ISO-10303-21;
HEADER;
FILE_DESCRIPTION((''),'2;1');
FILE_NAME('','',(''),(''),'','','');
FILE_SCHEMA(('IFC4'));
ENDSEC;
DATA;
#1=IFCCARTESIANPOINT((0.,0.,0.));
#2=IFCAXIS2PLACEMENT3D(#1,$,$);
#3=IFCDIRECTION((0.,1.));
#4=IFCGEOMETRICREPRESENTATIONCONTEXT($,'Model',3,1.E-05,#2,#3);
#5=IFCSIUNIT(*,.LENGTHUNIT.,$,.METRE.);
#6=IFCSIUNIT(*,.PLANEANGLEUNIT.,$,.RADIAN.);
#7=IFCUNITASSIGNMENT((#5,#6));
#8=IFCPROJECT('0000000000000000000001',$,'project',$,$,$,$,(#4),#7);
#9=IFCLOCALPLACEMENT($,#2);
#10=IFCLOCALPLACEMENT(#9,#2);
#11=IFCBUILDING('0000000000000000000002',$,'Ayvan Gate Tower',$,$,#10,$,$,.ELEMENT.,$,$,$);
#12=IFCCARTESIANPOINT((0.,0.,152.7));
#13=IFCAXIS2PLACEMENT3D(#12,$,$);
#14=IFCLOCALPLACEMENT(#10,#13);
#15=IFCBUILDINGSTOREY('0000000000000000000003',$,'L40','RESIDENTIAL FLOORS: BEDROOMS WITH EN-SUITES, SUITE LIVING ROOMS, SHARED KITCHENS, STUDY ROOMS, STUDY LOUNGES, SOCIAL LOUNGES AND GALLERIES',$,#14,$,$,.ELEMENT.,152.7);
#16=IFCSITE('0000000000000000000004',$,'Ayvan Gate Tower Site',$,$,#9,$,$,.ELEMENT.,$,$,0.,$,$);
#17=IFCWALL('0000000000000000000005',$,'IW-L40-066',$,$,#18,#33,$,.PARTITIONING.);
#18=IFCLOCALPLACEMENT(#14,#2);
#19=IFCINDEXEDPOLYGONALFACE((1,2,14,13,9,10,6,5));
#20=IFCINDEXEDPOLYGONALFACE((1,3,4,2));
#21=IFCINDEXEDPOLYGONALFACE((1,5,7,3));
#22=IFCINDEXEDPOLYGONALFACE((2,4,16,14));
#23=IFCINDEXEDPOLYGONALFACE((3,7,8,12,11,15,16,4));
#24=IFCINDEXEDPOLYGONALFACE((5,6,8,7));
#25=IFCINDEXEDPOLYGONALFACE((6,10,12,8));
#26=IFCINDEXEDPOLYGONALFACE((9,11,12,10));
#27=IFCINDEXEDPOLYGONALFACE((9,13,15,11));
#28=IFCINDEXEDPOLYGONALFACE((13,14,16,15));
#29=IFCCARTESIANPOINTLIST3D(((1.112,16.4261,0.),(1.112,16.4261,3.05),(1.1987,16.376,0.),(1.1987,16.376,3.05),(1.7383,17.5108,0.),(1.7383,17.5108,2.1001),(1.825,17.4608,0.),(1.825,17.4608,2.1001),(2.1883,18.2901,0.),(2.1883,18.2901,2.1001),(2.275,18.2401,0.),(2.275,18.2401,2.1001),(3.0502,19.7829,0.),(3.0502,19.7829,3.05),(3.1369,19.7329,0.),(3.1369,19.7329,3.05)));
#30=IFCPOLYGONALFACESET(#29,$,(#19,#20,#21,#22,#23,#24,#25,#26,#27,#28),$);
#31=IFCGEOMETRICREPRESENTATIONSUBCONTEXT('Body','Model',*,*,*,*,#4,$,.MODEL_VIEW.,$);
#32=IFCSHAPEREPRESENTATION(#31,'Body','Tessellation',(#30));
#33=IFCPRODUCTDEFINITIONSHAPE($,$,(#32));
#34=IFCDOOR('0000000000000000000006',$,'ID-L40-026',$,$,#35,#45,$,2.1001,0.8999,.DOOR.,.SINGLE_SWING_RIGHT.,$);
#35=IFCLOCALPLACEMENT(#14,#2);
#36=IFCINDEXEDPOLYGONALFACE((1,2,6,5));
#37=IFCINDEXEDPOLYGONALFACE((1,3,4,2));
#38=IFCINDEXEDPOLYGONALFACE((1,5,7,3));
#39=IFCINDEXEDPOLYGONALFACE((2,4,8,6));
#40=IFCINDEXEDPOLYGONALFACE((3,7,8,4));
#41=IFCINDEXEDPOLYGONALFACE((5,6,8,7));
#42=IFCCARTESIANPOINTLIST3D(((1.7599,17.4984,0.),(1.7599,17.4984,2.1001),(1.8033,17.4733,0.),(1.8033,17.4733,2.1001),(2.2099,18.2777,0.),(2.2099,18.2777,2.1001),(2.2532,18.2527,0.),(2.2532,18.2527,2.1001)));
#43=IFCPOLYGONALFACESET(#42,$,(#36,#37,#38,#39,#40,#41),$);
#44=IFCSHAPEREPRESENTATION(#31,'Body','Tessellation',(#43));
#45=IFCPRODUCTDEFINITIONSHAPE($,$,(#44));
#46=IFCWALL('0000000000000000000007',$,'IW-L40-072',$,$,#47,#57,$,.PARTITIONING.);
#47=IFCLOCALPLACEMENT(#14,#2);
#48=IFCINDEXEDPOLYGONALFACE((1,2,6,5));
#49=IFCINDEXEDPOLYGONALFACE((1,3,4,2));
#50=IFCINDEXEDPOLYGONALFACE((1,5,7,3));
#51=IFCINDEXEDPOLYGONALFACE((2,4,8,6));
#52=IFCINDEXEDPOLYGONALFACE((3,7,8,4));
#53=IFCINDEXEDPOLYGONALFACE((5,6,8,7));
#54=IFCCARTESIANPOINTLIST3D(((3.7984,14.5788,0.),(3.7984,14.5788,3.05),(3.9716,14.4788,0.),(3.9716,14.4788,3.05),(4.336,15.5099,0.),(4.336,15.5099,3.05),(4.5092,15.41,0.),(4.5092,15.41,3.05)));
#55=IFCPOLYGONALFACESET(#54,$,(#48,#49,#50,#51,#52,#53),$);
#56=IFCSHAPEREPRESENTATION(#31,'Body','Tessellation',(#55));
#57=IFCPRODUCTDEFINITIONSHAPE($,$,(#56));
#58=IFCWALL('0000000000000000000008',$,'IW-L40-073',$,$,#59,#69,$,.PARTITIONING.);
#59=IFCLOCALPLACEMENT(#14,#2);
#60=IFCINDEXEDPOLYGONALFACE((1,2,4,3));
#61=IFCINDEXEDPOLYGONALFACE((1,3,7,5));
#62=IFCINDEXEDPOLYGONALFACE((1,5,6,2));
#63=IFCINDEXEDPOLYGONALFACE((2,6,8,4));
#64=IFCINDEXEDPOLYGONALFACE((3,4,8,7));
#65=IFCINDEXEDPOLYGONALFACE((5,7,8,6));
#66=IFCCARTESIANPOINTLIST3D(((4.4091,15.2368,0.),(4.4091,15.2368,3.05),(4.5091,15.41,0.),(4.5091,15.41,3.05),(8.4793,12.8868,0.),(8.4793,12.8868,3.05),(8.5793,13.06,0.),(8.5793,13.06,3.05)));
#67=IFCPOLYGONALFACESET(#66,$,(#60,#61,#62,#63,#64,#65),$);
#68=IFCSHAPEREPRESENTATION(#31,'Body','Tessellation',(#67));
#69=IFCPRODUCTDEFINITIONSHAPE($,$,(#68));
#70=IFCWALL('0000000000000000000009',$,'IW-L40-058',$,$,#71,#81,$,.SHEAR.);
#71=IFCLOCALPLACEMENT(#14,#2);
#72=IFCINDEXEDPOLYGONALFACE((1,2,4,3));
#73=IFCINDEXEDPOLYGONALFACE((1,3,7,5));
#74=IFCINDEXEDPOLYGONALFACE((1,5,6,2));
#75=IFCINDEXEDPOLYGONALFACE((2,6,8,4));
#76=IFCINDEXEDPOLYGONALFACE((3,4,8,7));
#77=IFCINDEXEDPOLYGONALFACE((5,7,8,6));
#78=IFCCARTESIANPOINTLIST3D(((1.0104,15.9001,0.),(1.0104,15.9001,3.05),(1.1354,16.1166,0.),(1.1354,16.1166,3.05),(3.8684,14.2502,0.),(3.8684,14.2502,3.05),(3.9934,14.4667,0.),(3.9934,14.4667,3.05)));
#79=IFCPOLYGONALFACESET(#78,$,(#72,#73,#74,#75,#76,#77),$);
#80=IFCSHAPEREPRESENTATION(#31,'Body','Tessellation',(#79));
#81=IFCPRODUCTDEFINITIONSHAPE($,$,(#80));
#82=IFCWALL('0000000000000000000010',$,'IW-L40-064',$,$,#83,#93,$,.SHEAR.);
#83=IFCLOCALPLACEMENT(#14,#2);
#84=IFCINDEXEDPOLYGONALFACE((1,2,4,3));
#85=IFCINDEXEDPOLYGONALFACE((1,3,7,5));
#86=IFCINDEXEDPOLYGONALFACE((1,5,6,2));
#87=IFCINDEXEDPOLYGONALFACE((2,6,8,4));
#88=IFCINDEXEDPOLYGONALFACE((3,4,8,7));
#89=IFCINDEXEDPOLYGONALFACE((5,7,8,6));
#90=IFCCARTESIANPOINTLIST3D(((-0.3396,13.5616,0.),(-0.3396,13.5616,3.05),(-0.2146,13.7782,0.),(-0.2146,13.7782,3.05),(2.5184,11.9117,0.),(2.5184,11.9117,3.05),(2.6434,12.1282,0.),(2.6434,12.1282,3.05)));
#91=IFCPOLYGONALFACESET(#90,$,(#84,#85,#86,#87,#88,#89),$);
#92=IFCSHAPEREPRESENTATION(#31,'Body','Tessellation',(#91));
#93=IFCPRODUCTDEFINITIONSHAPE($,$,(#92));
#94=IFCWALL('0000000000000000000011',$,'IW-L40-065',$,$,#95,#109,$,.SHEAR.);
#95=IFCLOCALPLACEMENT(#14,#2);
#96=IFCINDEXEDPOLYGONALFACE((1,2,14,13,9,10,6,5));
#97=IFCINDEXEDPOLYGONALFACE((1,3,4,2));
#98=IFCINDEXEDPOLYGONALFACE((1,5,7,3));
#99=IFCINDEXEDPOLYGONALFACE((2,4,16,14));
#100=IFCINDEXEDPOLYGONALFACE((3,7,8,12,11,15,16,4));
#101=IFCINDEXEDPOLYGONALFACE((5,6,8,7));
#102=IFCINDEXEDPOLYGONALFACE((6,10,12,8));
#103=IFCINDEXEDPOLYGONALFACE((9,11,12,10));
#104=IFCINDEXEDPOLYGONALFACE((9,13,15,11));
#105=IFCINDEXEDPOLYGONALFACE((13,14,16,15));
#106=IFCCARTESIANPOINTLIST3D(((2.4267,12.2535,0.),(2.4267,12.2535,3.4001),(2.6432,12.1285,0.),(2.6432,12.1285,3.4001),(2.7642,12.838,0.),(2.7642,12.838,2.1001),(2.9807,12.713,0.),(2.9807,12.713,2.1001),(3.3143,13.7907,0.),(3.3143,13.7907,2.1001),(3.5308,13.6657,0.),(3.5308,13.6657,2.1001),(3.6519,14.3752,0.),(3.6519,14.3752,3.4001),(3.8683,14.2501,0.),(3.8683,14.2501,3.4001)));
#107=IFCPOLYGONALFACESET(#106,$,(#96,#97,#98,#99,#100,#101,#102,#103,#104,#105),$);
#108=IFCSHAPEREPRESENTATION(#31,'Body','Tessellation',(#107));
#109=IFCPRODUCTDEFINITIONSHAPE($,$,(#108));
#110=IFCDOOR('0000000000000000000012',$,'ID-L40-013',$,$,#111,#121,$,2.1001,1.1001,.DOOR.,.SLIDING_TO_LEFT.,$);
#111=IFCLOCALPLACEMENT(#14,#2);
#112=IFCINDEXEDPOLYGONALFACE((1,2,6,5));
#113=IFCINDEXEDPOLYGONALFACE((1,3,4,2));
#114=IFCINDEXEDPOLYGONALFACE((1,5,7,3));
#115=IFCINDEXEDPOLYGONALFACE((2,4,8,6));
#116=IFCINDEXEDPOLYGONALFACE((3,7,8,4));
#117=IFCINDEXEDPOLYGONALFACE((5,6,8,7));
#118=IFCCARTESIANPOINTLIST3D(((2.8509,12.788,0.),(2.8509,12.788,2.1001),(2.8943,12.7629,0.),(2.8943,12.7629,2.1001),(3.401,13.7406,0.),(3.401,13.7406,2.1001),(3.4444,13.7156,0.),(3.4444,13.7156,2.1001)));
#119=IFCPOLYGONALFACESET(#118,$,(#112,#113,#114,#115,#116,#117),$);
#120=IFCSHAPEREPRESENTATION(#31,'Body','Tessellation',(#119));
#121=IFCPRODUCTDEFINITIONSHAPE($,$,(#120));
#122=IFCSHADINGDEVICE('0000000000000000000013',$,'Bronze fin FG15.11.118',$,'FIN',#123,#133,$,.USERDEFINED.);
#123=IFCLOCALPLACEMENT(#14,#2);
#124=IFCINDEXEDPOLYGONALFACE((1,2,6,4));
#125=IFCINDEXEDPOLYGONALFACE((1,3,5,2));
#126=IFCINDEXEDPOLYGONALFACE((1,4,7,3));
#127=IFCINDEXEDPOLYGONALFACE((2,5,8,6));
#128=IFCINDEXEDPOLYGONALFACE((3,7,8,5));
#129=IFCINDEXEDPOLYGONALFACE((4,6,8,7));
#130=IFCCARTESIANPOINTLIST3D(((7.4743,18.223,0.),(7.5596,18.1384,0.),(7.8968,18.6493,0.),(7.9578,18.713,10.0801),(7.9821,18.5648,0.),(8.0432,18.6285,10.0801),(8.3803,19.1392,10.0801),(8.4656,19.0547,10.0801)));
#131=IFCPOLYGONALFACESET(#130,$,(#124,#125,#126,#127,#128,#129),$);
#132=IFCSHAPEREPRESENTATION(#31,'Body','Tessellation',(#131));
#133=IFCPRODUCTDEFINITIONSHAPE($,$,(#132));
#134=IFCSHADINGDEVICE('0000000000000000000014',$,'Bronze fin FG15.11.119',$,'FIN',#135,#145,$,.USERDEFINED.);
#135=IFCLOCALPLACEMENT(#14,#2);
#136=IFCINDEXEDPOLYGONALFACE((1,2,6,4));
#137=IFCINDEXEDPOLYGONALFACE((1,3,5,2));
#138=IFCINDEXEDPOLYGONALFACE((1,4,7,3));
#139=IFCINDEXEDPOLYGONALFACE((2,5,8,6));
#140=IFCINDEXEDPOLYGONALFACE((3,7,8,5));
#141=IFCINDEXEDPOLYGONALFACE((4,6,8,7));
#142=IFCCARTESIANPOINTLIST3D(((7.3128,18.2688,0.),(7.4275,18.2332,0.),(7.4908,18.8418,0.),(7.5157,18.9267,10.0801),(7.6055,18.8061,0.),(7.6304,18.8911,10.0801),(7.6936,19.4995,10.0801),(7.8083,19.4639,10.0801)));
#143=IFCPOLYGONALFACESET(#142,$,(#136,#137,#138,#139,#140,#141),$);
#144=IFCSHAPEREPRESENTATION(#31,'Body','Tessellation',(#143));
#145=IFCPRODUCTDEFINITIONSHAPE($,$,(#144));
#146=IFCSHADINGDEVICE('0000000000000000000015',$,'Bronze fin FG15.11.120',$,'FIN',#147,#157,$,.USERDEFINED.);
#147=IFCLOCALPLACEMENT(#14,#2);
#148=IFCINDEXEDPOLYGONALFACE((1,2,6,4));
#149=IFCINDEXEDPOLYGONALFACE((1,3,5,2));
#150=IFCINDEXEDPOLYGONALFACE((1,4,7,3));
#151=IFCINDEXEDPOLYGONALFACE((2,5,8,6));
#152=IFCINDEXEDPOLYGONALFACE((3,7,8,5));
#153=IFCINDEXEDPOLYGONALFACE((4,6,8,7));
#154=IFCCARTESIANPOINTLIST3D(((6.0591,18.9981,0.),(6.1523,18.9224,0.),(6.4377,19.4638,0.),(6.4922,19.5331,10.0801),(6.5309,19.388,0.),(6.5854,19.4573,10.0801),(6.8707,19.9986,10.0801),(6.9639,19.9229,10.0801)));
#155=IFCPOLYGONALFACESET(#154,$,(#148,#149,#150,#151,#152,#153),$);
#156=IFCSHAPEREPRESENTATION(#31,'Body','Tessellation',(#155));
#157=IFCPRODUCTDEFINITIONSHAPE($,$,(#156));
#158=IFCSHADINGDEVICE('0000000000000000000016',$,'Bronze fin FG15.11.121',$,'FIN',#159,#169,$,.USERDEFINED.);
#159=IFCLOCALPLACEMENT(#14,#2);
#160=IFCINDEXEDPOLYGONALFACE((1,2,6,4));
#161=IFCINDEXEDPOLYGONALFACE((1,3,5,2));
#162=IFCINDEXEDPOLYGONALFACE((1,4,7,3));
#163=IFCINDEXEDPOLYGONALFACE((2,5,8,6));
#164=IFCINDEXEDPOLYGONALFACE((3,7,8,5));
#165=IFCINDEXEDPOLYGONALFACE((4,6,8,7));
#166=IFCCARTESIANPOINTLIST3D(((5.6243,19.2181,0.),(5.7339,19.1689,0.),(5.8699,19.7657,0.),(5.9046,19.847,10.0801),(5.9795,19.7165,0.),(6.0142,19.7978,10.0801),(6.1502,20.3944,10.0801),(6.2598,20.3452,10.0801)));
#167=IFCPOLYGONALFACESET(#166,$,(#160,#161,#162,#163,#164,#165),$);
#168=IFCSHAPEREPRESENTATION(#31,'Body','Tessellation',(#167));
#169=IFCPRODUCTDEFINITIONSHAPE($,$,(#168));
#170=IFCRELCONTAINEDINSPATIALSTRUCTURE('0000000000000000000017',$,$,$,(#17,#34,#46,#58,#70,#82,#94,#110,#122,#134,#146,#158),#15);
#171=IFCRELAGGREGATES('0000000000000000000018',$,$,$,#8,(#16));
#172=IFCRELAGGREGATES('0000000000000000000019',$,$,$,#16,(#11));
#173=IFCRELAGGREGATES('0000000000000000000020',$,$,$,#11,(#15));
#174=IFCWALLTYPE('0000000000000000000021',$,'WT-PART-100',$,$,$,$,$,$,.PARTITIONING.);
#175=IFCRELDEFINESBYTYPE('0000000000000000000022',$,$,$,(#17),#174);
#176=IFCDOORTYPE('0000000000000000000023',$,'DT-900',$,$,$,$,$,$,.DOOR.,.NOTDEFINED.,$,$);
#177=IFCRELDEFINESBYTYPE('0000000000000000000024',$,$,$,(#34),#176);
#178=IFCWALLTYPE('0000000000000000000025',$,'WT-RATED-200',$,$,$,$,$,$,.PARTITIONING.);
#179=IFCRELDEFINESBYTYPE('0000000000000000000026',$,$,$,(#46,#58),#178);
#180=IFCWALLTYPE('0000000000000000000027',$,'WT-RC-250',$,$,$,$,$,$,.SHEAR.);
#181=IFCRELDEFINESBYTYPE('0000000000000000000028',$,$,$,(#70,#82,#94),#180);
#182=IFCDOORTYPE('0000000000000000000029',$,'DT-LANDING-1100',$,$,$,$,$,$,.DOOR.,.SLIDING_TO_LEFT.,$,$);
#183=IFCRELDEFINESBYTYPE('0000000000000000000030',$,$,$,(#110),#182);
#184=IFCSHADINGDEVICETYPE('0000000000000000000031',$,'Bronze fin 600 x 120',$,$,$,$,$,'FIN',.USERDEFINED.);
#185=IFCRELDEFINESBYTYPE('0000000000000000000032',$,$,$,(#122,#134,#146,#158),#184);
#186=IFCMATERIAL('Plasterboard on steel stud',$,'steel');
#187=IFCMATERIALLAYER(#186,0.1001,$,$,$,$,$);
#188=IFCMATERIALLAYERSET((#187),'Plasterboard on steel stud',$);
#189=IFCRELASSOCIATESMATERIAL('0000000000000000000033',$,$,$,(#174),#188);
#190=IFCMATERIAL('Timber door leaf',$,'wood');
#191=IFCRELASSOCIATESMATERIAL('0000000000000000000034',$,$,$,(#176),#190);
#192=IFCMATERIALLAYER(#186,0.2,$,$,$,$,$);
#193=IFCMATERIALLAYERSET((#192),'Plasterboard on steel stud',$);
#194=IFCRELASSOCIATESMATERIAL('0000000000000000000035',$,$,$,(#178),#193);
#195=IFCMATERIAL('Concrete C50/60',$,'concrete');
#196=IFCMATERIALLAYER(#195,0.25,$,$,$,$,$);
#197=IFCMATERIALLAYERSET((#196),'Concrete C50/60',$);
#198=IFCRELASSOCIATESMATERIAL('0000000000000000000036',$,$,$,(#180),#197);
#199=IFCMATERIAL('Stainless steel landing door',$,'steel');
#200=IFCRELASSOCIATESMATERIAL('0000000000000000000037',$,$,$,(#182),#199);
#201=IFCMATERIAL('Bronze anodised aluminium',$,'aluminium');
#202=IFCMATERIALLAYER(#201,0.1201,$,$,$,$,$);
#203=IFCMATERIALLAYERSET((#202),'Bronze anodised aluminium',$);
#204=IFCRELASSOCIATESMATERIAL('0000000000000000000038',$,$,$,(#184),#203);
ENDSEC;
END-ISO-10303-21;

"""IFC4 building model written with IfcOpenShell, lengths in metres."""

from ifc_helpers import new_model, si_unit, direction, frame, frame_2d, origin, place, context, subcontext, project, spatial, polyline, rectangle, outline, extrude, material, layer, layer_set, type_object, element, fill, save


model = new_model("IFC4")

# Units and contexts
model_context = context("Model", 3, precision=1e-05, world=origin(), true_north=direction((0.0, 1.0)))
body_context = subcontext(model_context, "Body", "Model", "MODEL_VIEW")
ifc_project = project(units=[si_unit("LENGTHUNIT", "METRE"), si_unit("PLANEANGLEUNIT", "RADIAN")], contexts=[model_context])

# Site, building, storey
site_placement = place(None, origin())
site = spatial("IfcSite", under=ifc_project, at=site_placement, Name="Ayvan Gate Tower Site", CompositionType="ELEMENT", RefElevation=0.0)
building_placement = place(site_placement, origin())
building = spatial("IfcBuilding", under=site, at=building_placement, Name="Ayvan Gate Tower", CompositionType="ELEMENT")
storey_placement = place(building_placement, frame((0.0, 0.0, 152.7)))
storey = spatial("IfcBuildingStorey", under=building, at=storey_placement, Name="L40", Description="RESIDENTIAL FLOORS: BEDROOMS WITH EN-SUITES, SUITE LIVING ROOMS, SHARED KITCHENS, STUDY ROOMS, STUDY LOUNGES, SOCIAL LOUNGES AND GALLERIES", CompositionType="ELEMENT", Elevation=152.7)

# Shared definitions
ifc_material_1 = material(Name="Bronze anodised aluminium", Category="aluminium")

# Shared definitions
ifc_material_2 = material(Name="Plasterboard on steel stud", Category="steel")

# Wall, opening, door
ifc_layer_1 = layer(ifc_material_2, 0.1001)
ifc_layer_set_1 = layer_set([ifc_layer_1], Name="Plasterboard on steel stud")
wall_type_1 = type_object("IfcWallType", Name="WT-PART-100", PredefinedType="PARTITIONING", material=ifc_layer_set_1)
wall_1_placement = place(storey_placement, frame((3.0935, 19.7578, 0.0), z_axis=(0.0, 0.0, 1.0), x_axis=(-0.50002, -0.866014, 0.0)))
wall_1 = element("IfcWall", 1, at=wall_1_placement, inside=storey, type_object=wall_type_1, Name="IW-L40-066", PredefinedType="PARTITIONING", context=body_context, shape_type="SweptSolid", body=[
    extrude(rectangle(XDim=3.8762, YDim=0.1001, at=frame_2d((1.938, 0.0))), origin(), (0.0, 0.0, 1.0), 3.05),
])
opening_1_placement = place(wall_1_placement, frame((1.7236, 0.0, 0.0)))
opening_1 = element("IfcOpeningElement", 2, at=opening_1_placement, cuts=wall_1, PredefinedType="OPENING", context=body_context, shape_type="SweptSolid", body=[
    extrude(rectangle(XDim=0.8999, YDim=2.1001, at=frame_2d((0.45, 1.05))), frame((0.0, 0.0601, 0.0), z_axis=(0.0, -1.0, 0.0), x_axis=(1.0, 0.0, 0.0)), (0.0, 0.0, 1.0), 0.1201),
])
ifc_material_3 = material(Name="Timber door leaf", Category="wood")
door_type_1 = type_object("IfcDoorType", Name="DT-900", OperationType="NOTDEFINED", PredefinedType="DOOR", material=ifc_material_3)
door_1_placement = place(opening_1_placement, origin())
door_1 = element("IfcDoor", 3, at=door_1_placement, inside=storey, type_object=door_type_1, Name="ID-L40-026", OperationType="SINGLE_SWING_RIGHT", OverallHeight=2.1001, OverallWidth=0.8999, PredefinedType="DOOR", context=body_context, shape_type="SweptSolid", body=[
    extrude(rectangle(XDim=0.8999, YDim=2.1001, at=frame_2d((0.45, 1.05))), frame((0.0, 0.0249, 0.0), z_axis=(0.0, -1.0, 0.0), x_axis=(1.0, 0.0, 0.0)), (0.0, 0.0, 1.0), 0.05),
])
fill(opening_1, door_1)

# Walls
ifc_layer_2 = layer(ifc_material_2, 0.2)
ifc_layer_set_2 = layer_set([ifc_layer_2], Name="Plasterboard on steel stud")
wall_type_2 = type_object("IfcWallType", Name="WT-RATED-200", PredefinedType="PARTITIONING", material=ifc_layer_set_2)
wall_2_placement = place(storey_placement, frame((3.885, 14.5288, 0.0), z_axis=(0.0, 0.0, 1.0), x_axis=(0.499998, 0.866027, 0.0)))
element("IfcWall", 4, at=wall_2_placement, inside=storey, type_object=wall_type_2, Name="IW-L40-072", PredefinedType="PARTITIONING", context=body_context, shape_type="SweptSolid", body=[
    extrude(rectangle(XDim=1.0752, YDim=0.2, at=frame_2d((0.5376, 0.0))), origin(), (0.0, 0.0, 1.0), 3.05),
])
wall_3_placement = place(storey_placement, frame((4.459, 15.3235, 0.0), z_axis=(0.0, 0.0, 1.0), x_axis=(0.866016, -0.500016, 0.0)))
element("IfcWall", 5, at=wall_3_placement, inside=storey, type_object=wall_type_2, Name="IW-L40-073", PredefinedType="PARTITIONING", context=body_context, shape_type="SweptSolid", body=[
    extrude(rectangle(XDim=4.7, YDim=0.2, at=frame_2d((2.3501, 0.0))), origin(), (0.0, 0.0, 1.0), 3.05),
])
ifc_material_4 = material(Name="Concrete C50/60", Category="concrete")
ifc_layer_3 = layer(ifc_material_4, 0.25)
ifc_layer_set_3 = layer_set([ifc_layer_3], Name="Concrete C50/60")
wall_type_3 = type_object("IfcWallType", Name="WT-RC-250", PredefinedType="SHEAR", material=ifc_layer_set_3)
for number, where, z_axis, x_axis, name in (
    (6, (1.073, 16.0083, 0.0), (0.0, 0.0, 1.0), (0.86604, -0.499974, 0.0), "IW-L40-058"),
    (7, (2.5808, 12.02, 0.0), (0.0, 0.0, 1.0), (-0.86604, 0.499974, 0.0), "IW-L40-064"),
):
    element("IfcWall", number, at=place(storey_placement, frame(where, z_axis=z_axis, x_axis=x_axis)), inside=storey, type_object=wall_type_3, Name=name, PredefinedType="SHEAR", context=body_context, shape_type="SweptSolid", body=[
        extrude(rectangle(XDim=3.3, YDim=0.25, at=frame_2d((1.6499, 0.0))), origin(), (0.0, 0.0, 1.0), 3.05),
    ])

# Wall, opening, door
wall_4_placement = place(storey_placement, frame((2.5349, 12.1909, 0.0), z_axis=(0.0, 0.0, 1.0), x_axis=(0.500062, 0.86599, 0.0)))
wall_4 = element("IfcWall", 8, at=wall_4_placement, inside=storey, type_object=wall_type_3, Name="IW-L40-065", PredefinedType="SHEAR", context=body_context, shape_type="SweptSolid", body=[
    extrude(rectangle(XDim=2.45, YDim=0.25, at=frame_2d((1.2251, 0.0))), origin(), (0.0, 0.0, 1.0), 3.4001),
])
opening_2_placement = place(wall_4_placement, frame((0.675, 0.0, 0.0)))
opening_2 = element("IfcOpeningElement", 9, at=opening_2_placement, cuts=wall_4, PredefinedType="OPENING", context=body_context, shape_type="SweptSolid", body=[
    extrude(rectangle(XDim=1.1001, YDim=2.1001, at=frame_2d((0.55, 1.05))), frame((0.0, 0.135, 0.0), z_axis=(0.0, -1.0, 0.0), x_axis=(1.0, 0.0, 0.0)), (0.0, 0.0, 1.0), 0.27),
])
ifc_material_5 = material(Name="Stainless steel landing door", Category="steel")
door_type_2 = type_object("IfcDoorType", Name="DT-LANDING-1100", OperationType="SLIDING_TO_LEFT", PredefinedType="DOOR", material=ifc_material_5)
door_2_placement = place(opening_2_placement, origin())
door_2 = element("IfcDoor", 10, at=door_2_placement, inside=storey, type_object=door_type_2, Name="ID-L40-013", OperationType="SLIDING_TO_LEFT", OverallHeight=2.1001, OverallWidth=1.1001, PredefinedType="DOOR", context=body_context, shape_type="SweptSolid", body=[
    extrude(rectangle(XDim=1.1001, YDim=2.1001, at=frame_2d((0.55, 1.05))), frame((0.0, 0.0249, 0.0), z_axis=(0.0, -1.0, 0.0), x_axis=(1.0, 0.0, 0.0)), (0.0, 0.0, 1.0), 0.05),
])
fill(opening_2, door_2)

# Shading devices
ifc_layer_4 = layer(ifc_material_1, 0.1201)
ifc_layer_set_4 = layer_set([ifc_layer_4], Name="Bronze anodised aluminium")
shading_device_type = type_object("IfcShadingDeviceType", Name="Bronze fin 600 x 120", ElementType="FIN", PredefinedType="USERDEFINED", material=ifc_layer_set_4)
shading_device_1_placement = place(storey_placement, frame((7.5596, 18.1384, 0.0), z_axis=(0.710252, -0.703947, 0.000149), x_axis=(0.703947, 0.710252, 0.0)))
element("IfcShadingDevice", 11, at=shading_device_1_placement, inside=storey, type_object=shading_device_type, Name="Bronze fin FG15.11.118", ObjectType="FIN", PredefinedType="USERDEFINED", context=body_context, shape_type="SweptSolid", body=[
    extrude(outline(polyline([(0.0, 0.0), (0.6003, 0.0), (1.2886, 10.0801), (0.6885, 10.0801), (0.0, 0.0)])), origin(), (0.0, 0.0, -1.0), 0.1201),
])
shading_device_2_placement = place(storey_placement, frame((7.4275, 18.2332, 0.0), z_axis=(0.954975, -0.296687, 0.000141), x_axis=(0.296687, 0.954975, 0.0)))
element("IfcShadingDevice", 12, at=shading_device_2_placement, inside=storey, type_object=shading_device_type, Name="Bronze fin FG15.11.119", ObjectType="FIN", PredefinedType="USERDEFINED", context=body_context, shape_type="SweptSolid", body=[
    extrude(outline(polyline([(0.0, 0.0), (0.6, 0.0), (1.2883, 10.0801), (0.6885, 10.0801), (0.0, 0.0)])), origin(), (0.0, 0.0, -1.0), 0.1201),
])
shading_device_3_placement = place(storey_placement, frame((6.1523, 18.9224, 0.0), z_axis=(0.775902, -0.630853, 0.000149), x_axis=(0.630853, 0.775902, 0.0)))
element("IfcShadingDevice", 13, at=shading_device_3_placement, inside=storey, type_object=shading_device_type, Name="Bronze fin FG15.11.120", ObjectType="FIN", PredefinedType="USERDEFINED", context=body_context, shape_type="SweptSolid", body=[
    extrude(outline(polyline([(0.0, 0.0), (0.6001, 0.0), (1.2882, 10.0801), (0.6883, 10.0801), (0.0, 0.0)])), origin(), (0.0, 0.0, -1.0), 0.1201),
])
shading_device_4_placement = place(storey_placement, frame((5.7339, 19.1689, 0.0), z_axis=(0.912397, -0.409307, 0.000163), x_axis=(0.409307, 0.912397, 0.0)))
element("IfcShadingDevice", 14, at=shading_device_4_placement, inside=storey, type_object=shading_device_type, Name="Bronze fin FG15.11.121", ObjectType="FIN", PredefinedType="USERDEFINED", context=body_context, shape_type="SweptSolid", body=[
    extrude(outline(polyline([(0.0, 0.0), (0.6002, 0.0), (1.2885, 10.0801), (0.6885, 10.0801), (0.0, 0.0)])), origin(), (0.0, 0.0, -1.0), 0.1201),
])

save(model, "model.ifc")
